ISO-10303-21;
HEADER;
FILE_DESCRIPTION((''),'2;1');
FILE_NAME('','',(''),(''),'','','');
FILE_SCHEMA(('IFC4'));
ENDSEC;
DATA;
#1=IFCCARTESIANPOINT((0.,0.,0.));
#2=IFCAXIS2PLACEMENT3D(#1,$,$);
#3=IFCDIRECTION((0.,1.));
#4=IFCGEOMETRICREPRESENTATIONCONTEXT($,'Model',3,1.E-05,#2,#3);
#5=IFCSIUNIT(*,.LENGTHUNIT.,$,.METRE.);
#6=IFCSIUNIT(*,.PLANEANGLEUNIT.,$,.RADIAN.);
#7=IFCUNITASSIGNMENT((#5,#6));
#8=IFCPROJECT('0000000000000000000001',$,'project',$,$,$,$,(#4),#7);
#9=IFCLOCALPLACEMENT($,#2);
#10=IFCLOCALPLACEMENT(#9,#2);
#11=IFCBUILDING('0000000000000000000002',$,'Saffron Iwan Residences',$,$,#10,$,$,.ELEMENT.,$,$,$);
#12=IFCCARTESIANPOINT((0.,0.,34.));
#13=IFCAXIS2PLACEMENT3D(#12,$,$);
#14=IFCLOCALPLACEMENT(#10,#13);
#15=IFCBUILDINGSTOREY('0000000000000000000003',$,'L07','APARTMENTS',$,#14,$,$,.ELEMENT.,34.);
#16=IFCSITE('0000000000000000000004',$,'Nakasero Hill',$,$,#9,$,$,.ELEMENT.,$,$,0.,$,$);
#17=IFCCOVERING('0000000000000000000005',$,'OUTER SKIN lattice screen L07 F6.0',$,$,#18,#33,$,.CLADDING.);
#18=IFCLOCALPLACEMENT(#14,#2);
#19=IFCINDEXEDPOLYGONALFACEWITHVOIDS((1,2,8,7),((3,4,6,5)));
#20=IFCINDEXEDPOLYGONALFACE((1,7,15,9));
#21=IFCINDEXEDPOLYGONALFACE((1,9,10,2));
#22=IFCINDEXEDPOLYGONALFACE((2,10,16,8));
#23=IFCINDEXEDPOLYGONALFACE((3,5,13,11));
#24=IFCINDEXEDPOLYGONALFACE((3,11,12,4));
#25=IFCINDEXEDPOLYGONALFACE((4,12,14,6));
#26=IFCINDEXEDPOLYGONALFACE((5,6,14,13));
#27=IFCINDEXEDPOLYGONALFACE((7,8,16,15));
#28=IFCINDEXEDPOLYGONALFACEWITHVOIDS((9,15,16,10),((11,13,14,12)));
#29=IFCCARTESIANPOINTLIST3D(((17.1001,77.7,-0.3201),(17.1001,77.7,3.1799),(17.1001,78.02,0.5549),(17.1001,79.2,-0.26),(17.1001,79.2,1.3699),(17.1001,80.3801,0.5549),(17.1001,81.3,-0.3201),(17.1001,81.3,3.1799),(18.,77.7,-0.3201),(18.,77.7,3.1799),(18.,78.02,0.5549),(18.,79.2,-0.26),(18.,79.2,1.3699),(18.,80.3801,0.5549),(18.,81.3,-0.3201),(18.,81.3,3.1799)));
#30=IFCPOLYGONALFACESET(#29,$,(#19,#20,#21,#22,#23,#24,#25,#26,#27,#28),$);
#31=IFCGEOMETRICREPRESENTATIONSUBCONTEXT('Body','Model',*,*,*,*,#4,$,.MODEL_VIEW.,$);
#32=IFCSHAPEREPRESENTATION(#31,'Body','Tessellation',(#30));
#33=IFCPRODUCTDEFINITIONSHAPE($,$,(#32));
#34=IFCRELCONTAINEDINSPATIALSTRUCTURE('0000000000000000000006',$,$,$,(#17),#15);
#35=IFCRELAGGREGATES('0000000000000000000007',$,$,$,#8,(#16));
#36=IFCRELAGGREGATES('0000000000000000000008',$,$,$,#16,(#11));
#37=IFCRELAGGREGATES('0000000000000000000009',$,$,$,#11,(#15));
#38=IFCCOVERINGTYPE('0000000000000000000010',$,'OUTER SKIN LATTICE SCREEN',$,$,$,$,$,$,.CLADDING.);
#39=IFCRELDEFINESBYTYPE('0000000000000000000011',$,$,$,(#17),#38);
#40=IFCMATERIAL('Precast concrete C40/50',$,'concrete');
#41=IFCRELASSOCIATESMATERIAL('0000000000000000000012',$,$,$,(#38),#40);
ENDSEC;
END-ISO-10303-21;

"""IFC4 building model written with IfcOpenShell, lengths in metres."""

from ifc_helpers import new_model, si_unit, direction, frame, origin, place, context, subcontext, project, spatial, polyline, outline, extrude, material, type_object, element, save


model = new_model("IFC4")

# Units and contexts
model_context = context("Model", 3, precision=1e-05, world=origin(), true_north=direction((0.0, 1.0)))
body_context = subcontext(model_context, "Body", "Model", "MODEL_VIEW")
ifc_project = project(units=[si_unit("LENGTHUNIT", "METRE"), si_unit("PLANEANGLEUNIT", "RADIAN")], contexts=[model_context])

# Site, building, storey
site_placement = place(None, origin())
site = spatial("IfcSite", under=ifc_project, at=site_placement, Name="Nakasero Hill", CompositionType="ELEMENT", RefElevation=0.0)
building_placement = place(site_placement, origin())
building = spatial("IfcBuilding", under=site, at=building_placement, Name="Saffron Iwan Residences", CompositionType="ELEMENT")
storey_placement = place(building_placement, frame((0.0, 0.0, 34.0)))
storey = spatial("IfcBuildingStorey", under=building, at=storey_placement, Name="L07", Description="APARTMENTS", CompositionType="ELEMENT", Elevation=34.0)

# Covering
ifc_material_1 = material(Name="Precast concrete C40/50", Category="concrete")
covering_type = type_object("IfcCoveringType", Name="OUTER SKIN LATTICE SCREEN", PredefinedType="CLADDING", material=ifc_material_1)
covering_1_placement = place(storey_placement, frame((18.0, 81.3, -0.3201), z_axis=(-1.0, 0.0, 0.0), x_axis=(0.0, -1.0, 0.0)))
element("IfcCovering", 1, at=covering_1_placement, inside=storey, type_object=covering_type, Name="OUTER SKIN lattice screen L07 F6.0", PredefinedType="CLADDING", context=body_context, shape_type="SweptSolid", body=[
    extrude(outline(polyline([(0.0, 0.0), (3.6001, 0.0), (3.6001, 3.5), (0.0, 3.5), (0.0, 0.0)]), holes=[polyline([(0.9199, 0.875), (2.1001, 0.0601), (3.28, 0.875), (2.1001, 1.6899), (0.9199, 0.875)])]), origin(), (0.0, 0.0, 1.0), 0.8999),
])

save(model, "model.ifc")
